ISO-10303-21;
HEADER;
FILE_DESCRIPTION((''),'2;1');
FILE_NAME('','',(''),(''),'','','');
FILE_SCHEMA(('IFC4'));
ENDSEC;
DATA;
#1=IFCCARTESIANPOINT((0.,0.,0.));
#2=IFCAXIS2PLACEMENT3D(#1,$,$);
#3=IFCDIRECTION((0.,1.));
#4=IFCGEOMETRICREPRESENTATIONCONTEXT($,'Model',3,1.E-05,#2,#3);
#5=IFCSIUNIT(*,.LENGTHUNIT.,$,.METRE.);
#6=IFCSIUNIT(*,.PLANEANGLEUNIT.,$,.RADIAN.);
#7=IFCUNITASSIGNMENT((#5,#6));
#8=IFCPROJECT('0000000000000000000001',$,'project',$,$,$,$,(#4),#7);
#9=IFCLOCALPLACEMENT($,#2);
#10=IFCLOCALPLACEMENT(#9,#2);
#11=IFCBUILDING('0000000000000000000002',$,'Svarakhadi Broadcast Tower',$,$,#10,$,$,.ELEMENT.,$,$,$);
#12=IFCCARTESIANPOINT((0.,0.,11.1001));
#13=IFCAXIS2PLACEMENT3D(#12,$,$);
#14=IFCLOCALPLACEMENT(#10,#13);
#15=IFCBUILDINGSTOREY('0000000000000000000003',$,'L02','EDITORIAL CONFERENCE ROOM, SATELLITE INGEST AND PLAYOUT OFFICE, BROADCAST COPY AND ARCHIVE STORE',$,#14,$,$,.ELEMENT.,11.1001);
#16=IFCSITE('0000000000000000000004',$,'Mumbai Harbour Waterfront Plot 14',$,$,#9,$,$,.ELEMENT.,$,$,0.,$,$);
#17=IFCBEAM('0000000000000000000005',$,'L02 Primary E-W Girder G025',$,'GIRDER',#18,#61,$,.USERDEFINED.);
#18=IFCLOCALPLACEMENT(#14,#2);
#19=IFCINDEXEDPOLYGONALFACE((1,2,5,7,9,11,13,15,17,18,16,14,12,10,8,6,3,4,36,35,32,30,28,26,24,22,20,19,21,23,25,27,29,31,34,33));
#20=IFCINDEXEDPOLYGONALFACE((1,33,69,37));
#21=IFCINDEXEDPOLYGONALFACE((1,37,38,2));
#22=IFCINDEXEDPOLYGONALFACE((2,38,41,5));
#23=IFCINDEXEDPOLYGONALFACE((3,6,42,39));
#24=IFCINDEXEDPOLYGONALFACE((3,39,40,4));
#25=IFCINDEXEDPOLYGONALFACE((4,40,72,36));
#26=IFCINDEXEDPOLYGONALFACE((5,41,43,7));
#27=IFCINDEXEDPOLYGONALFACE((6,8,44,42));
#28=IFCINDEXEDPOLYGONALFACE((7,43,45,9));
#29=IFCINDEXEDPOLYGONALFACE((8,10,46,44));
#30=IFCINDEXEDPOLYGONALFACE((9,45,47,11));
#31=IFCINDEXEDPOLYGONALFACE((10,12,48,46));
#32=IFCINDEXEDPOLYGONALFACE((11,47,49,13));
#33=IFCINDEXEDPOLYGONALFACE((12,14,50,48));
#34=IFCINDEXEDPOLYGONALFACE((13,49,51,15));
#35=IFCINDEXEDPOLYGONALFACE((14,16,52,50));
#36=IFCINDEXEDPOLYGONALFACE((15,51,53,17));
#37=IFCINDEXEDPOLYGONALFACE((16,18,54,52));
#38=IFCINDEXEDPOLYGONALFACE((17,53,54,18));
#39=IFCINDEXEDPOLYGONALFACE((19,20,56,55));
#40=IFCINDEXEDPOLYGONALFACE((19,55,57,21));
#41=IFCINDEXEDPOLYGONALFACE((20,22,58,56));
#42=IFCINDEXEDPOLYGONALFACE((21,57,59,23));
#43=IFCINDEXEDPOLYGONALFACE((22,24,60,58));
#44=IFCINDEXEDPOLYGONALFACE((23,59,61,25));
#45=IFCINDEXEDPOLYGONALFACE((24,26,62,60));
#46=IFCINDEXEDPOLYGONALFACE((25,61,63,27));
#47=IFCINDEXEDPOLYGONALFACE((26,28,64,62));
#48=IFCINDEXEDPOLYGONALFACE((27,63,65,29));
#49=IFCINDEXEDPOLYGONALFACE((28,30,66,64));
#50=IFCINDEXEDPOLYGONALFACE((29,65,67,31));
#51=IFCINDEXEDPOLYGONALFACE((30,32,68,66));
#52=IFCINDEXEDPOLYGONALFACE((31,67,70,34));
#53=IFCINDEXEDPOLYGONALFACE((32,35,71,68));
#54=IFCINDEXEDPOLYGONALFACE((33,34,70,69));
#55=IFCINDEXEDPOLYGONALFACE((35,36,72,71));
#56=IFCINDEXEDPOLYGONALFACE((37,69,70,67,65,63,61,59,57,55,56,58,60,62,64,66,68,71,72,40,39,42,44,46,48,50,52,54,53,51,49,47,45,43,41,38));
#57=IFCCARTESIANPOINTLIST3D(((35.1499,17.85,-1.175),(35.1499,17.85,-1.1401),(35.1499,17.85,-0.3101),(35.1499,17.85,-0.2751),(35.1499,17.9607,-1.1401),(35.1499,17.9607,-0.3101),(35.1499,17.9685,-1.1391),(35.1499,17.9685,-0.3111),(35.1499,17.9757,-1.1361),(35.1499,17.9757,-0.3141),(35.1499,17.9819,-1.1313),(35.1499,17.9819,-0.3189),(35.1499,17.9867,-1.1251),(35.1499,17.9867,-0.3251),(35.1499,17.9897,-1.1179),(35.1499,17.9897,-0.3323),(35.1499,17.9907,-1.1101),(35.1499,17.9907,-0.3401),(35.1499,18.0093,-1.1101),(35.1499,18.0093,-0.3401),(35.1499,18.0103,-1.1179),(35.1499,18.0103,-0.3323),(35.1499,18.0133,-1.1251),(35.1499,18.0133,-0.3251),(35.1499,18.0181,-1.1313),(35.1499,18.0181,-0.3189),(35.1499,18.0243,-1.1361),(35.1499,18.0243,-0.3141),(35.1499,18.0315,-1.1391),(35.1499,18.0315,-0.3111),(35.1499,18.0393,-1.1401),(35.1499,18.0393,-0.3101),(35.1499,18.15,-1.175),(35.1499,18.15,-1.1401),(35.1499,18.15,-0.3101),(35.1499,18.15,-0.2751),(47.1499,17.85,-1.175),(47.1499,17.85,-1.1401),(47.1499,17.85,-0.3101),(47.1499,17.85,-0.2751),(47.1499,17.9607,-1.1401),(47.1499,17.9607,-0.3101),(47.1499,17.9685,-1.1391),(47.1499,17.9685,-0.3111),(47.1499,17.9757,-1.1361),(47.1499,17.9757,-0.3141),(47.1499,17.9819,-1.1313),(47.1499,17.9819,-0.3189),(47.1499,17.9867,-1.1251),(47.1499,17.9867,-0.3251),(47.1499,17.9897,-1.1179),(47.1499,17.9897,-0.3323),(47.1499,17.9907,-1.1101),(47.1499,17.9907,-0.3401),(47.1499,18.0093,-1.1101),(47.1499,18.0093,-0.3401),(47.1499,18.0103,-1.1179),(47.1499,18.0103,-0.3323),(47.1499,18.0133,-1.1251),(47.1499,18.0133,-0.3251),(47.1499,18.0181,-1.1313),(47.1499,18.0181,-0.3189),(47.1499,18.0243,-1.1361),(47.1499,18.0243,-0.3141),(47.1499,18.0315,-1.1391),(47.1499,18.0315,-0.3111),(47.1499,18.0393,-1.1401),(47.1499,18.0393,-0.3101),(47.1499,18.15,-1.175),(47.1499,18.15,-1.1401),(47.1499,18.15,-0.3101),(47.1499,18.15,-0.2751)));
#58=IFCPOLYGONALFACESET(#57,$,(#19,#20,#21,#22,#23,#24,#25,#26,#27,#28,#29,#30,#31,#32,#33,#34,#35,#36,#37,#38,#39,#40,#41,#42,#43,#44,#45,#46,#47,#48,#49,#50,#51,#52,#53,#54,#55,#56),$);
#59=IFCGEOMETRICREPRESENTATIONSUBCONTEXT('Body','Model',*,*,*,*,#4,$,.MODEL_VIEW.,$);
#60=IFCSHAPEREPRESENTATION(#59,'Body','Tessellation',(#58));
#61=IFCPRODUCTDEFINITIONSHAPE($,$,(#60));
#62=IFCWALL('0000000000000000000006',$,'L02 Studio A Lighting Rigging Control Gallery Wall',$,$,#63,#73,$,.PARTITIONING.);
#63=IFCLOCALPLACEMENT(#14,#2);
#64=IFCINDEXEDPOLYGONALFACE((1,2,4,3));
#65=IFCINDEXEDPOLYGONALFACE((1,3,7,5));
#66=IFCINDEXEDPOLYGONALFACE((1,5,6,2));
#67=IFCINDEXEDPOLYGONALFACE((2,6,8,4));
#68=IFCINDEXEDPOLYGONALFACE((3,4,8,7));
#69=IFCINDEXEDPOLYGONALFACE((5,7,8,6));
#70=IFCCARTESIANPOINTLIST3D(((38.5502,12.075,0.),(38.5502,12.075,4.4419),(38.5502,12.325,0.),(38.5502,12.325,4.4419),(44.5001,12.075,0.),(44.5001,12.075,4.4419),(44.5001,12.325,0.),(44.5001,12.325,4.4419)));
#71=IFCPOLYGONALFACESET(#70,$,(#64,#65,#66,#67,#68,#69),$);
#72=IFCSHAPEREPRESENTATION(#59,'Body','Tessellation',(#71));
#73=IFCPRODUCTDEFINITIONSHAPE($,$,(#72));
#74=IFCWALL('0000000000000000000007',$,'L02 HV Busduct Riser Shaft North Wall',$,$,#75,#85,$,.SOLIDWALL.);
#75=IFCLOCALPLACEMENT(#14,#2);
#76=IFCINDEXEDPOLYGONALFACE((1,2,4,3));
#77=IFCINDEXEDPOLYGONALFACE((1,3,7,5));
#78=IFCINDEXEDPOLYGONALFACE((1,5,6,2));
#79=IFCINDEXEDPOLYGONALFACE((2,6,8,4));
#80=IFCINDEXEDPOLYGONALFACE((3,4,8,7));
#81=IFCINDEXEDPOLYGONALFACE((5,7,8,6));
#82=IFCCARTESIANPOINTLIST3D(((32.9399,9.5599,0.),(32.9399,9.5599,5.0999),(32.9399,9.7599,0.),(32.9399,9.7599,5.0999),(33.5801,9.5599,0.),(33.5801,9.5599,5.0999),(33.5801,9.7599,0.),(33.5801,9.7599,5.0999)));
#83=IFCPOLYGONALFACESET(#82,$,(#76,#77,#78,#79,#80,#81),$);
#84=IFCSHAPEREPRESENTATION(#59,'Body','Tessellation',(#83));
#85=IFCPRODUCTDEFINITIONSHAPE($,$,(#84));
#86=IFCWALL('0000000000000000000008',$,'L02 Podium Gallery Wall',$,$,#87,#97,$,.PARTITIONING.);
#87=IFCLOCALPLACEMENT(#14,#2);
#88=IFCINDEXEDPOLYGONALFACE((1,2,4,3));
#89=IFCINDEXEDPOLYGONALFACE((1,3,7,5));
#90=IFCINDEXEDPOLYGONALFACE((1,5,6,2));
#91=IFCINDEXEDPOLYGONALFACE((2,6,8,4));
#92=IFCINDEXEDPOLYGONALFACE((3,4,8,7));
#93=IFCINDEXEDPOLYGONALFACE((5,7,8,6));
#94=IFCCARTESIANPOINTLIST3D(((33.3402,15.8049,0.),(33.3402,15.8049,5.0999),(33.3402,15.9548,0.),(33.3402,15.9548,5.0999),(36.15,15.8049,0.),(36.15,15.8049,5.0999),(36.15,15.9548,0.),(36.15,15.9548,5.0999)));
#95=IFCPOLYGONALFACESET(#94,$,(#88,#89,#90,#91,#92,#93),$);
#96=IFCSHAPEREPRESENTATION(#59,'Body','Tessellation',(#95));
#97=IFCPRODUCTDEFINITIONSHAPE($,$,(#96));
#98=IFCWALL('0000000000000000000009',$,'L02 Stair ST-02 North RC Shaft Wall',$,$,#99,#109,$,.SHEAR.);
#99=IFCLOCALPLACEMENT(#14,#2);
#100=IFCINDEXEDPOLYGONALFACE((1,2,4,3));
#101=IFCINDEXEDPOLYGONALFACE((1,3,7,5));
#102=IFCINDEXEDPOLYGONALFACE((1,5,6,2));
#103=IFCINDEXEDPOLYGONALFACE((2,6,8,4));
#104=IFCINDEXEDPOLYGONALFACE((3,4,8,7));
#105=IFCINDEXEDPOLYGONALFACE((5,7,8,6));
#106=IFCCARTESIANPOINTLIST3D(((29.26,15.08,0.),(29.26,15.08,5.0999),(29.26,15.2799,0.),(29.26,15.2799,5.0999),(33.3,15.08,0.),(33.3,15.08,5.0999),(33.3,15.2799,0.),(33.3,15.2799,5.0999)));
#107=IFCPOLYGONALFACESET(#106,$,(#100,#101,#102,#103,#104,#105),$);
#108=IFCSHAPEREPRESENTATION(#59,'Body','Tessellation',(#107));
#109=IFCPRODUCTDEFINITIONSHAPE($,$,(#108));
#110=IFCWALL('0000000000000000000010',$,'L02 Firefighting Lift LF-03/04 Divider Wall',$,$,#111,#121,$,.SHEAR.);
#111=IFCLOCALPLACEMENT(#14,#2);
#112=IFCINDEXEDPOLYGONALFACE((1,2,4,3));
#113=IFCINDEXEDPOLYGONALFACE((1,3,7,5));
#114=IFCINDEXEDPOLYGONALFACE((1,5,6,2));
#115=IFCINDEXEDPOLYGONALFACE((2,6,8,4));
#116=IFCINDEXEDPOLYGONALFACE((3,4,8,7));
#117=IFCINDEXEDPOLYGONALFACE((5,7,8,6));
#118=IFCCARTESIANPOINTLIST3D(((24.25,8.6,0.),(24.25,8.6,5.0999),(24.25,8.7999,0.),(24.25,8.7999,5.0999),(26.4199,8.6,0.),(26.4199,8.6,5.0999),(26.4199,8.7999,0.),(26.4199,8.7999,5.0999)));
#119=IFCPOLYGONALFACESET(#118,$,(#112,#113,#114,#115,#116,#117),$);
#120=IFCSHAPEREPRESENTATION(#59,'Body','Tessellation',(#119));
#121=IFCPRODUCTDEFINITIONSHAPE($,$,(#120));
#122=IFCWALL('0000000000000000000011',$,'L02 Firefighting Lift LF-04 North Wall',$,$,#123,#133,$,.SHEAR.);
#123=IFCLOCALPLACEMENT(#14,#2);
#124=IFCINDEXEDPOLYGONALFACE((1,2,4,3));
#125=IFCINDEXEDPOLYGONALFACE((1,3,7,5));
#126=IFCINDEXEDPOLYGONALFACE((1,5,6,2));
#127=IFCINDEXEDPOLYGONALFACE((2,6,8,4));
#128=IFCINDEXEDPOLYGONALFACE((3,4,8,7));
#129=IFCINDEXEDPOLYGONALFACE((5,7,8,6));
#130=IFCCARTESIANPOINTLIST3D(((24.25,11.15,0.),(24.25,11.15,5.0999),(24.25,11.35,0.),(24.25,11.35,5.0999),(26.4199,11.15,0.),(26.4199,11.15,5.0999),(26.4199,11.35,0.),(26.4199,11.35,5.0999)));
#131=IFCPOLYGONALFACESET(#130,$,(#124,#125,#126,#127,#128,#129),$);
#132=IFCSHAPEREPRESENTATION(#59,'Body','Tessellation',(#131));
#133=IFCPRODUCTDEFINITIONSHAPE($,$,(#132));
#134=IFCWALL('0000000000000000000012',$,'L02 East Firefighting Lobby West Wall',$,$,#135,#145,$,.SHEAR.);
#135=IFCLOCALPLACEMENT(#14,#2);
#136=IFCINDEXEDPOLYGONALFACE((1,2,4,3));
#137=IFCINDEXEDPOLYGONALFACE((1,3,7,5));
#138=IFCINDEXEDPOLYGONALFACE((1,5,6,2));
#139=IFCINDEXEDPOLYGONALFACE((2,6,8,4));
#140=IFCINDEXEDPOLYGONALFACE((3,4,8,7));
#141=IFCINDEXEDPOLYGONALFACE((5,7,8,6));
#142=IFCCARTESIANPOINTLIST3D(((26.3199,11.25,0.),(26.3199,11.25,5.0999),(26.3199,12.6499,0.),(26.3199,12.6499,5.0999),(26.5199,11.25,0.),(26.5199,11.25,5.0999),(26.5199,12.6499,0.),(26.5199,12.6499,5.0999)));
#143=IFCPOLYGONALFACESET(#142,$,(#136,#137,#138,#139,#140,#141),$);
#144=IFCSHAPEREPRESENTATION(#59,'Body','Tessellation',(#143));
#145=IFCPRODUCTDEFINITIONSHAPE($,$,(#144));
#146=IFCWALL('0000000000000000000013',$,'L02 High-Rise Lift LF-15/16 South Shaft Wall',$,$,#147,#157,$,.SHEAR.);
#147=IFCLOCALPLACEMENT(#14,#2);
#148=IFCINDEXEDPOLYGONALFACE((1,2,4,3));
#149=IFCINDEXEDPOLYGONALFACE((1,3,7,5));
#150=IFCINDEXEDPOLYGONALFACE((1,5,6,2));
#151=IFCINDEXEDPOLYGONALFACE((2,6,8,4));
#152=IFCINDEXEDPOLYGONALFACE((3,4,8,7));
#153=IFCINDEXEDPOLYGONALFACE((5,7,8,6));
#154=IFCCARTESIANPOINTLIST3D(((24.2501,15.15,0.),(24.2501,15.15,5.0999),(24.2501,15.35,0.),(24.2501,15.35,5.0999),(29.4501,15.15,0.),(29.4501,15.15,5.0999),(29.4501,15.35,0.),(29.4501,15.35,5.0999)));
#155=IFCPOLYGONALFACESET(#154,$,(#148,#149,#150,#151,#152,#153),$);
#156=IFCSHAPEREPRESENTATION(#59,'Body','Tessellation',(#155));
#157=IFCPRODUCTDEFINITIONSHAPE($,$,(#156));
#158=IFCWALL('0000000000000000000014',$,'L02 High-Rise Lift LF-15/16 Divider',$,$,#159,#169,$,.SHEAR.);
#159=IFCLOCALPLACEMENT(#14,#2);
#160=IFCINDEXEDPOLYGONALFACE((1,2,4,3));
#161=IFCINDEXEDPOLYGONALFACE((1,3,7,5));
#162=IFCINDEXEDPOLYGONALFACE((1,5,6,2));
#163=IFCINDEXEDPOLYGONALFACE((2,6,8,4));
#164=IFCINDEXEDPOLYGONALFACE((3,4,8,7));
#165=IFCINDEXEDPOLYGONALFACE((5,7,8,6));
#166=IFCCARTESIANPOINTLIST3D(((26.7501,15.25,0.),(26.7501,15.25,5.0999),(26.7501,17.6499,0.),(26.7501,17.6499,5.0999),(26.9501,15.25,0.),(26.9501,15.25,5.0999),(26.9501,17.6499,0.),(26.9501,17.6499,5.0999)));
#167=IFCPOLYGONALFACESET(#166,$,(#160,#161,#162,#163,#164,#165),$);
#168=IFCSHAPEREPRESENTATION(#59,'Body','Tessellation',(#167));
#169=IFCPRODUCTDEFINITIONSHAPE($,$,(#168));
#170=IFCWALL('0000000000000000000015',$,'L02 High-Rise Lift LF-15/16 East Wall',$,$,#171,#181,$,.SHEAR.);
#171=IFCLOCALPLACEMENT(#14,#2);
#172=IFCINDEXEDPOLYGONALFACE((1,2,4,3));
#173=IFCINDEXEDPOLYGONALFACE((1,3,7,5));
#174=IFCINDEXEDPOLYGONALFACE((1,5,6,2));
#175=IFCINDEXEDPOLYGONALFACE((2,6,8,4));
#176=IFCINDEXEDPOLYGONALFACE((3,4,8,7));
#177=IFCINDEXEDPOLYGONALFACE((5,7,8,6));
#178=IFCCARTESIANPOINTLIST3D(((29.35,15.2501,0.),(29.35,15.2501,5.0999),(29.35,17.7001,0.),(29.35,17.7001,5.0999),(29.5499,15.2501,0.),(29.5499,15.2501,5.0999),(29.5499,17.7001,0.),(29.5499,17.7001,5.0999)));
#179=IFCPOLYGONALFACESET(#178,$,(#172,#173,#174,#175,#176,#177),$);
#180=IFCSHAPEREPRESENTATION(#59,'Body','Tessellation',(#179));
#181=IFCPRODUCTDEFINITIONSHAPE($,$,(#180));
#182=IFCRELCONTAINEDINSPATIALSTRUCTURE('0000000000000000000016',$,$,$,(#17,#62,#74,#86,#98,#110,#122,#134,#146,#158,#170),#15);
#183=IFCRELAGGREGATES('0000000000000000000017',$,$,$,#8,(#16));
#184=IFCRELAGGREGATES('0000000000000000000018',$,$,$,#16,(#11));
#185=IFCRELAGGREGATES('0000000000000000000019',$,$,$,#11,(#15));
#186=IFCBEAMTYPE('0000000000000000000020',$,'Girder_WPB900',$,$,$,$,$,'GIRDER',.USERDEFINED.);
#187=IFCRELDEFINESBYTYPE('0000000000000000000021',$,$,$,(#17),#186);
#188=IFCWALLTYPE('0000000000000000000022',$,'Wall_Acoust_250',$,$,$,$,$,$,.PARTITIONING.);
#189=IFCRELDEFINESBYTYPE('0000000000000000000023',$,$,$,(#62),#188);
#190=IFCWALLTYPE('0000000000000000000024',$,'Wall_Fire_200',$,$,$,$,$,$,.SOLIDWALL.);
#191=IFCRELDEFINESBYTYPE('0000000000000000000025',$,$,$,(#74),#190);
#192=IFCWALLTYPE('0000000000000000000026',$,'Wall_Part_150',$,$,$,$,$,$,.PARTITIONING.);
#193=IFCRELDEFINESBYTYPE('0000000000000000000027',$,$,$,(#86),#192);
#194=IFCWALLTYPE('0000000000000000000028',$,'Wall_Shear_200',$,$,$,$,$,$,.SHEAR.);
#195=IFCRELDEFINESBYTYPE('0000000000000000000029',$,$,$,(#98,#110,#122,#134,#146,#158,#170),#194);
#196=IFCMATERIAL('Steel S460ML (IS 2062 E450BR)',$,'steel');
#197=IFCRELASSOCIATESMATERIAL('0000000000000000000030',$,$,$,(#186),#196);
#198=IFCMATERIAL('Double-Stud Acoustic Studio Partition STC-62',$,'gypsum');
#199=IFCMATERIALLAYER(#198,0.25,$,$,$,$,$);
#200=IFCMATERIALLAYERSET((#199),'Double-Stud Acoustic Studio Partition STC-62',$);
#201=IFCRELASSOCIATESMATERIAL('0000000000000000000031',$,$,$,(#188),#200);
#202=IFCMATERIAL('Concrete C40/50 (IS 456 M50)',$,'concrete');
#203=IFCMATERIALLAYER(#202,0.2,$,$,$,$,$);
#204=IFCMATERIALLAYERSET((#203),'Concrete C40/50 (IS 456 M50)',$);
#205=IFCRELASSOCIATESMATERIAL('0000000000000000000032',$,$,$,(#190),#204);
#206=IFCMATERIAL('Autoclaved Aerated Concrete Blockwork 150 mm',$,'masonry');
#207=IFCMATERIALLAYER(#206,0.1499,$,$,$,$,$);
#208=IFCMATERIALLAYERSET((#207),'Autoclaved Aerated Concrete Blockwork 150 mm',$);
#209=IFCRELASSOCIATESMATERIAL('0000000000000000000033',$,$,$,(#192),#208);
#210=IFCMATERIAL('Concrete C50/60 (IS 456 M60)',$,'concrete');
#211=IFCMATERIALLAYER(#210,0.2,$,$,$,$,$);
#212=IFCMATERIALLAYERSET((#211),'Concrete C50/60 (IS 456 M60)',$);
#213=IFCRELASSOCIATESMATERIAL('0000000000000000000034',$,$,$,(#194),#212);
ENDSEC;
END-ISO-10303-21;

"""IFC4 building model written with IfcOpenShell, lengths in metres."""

from ifc_helpers import new_model, si_unit, direction, frame, frame_2d, origin, origin_2d, place, context, subcontext, project, spatial, rectangle, i_section, extrude, material, layer, layer_set, material_profile, profile_set, type_object, element, save


model = new_model("IFC4")

# Units and contexts
model_context = context("Model", 3, precision=1e-05, world=origin(), true_north=direction((0.0, 1.0)))
body_context = subcontext(model_context, "Body", "Model", "MODEL_VIEW")
ifc_project = project(units=[si_unit("LENGTHUNIT", "METRE"), si_unit("PLANEANGLEUNIT", "RADIAN")], contexts=[model_context])

# Site, building, storey
site_placement = place(None, origin())
site = spatial("IfcSite", under=ifc_project, at=site_placement, Name="Mumbai Harbour Waterfront Plot 14", CompositionType="ELEMENT", RefElevation=0.0)
building_placement = place(site_placement, origin())
building = spatial("IfcBuilding", under=site, at=building_placement, Name="Svarakhadi Broadcast Tower", CompositionType="ELEMENT")
storey_placement = place(building_placement, frame((0.0, 0.0, 11.1001)))
storey = spatial("IfcBuildingStorey", under=building, at=storey_placement, Name="L02", Description="EDITORIAL CONFERENCE ROOM, SATELLITE INGEST AND PLAYOUT OFFICE, BROADCAST COPY AND ARCHIVE STORE", CompositionType="ELEMENT", Elevation=11.1001)

# Shared definitions
ifc_material_1 = material(Name="Steel S460ML (IS 2062 E450BR)", Category="steel")

# Beam
ifc_material_2 = material(Name="Concrete C50/60 (IS 456 M60)", Category="concrete")
ifc_material_profile_1 = material_profile(ifc_material_1, i_section(OverallWidth=0.3, OverallDepth=0.8999, WebThickness=0.0186, FlangeThickness=0.0349, FilletRadius=0.03, at=origin_2d()), Name="WPB 900x300x291")
ifc_profile_set_1 = profile_set([ifc_material_profile_1], Name="Steel S460ML (IS 2062 E450BR)")
beam_type_1 = type_object("IfcBeamType", Name="Girder_WPB900", ElementType="GIRDER", PredefinedType="USERDEFINED", material=ifc_profile_set_1)
beam_1_placement = place(storey_placement, frame((35.1499, 18.0, -0.7251), z_axis=(1.0, 0.0, 0.0), x_axis=(0.0, 1.0, 0.0)))
element("IfcBeam", 1, at=beam_1_placement, inside=storey, type_object=beam_type_1, Name="L02 Primary E-W Girder G025", ObjectType="GIRDER", PredefinedType="USERDEFINED", context=body_context, shape_type="SweptSolid", body=[
    extrude(i_section(OverallWidth=0.3, OverallDepth=0.8999, WebThickness=0.0186, FlangeThickness=0.0349, FilletRadius=0.03, at=origin_2d()), origin(), (0.0, 0.0, 1.0), 12.0),
])

# Walls
ifc_material_3 = material(Name="Double-Stud Acoustic Studio Partition STC-62", Category="gypsum")
ifc_layer_1 = layer(ifc_material_3, 0.25)
ifc_layer_set_1 = layer_set([ifc_layer_1], Name="Double-Stud Acoustic Studio Partition STC-62")
wall_type_1 = type_object("IfcWallType", Name="Wall_Acoust_250", PredefinedType="PARTITIONING", material=ifc_layer_set_1)
wall_1_placement = place(storey_placement, frame((38.55, 12.2, 0.0), z_axis=(0.0, 0.0, 1.0), x_axis=(1.0, 0.0, 0.0)))
element("IfcWall", 2, at=wall_1_placement, inside=storey, type_object=wall_type_1, Name="L02 Studio A Lighting Rigging Control Gallery Wall", PredefinedType="PARTITIONING", context=body_context, shape_type="SweptSolid", body=[
    extrude(rectangle(XDim=5.95, YDim=0.25, at=frame_2d((2.9751, 0.0))), origin(), (0.0, 0.0, 1.0), 4.4419),
])
ifc_material_4 = material(Name="Concrete C40/50 (IS 456 M50)", Category="concrete")
ifc_layer_2 = layer(ifc_material_4, 0.2)
ifc_layer_set_2 = layer_set([ifc_layer_2], Name="Concrete C40/50 (IS 456 M50)")
wall_type_2 = type_object("IfcWallType", Name="Wall_Fire_200", PredefinedType="SOLIDWALL", material=ifc_layer_set_2)
wall_2_placement = place(storey_placement, frame((32.9399, 9.6599, 0.0), z_axis=(0.0, 0.0, 1.0), x_axis=(1.0, 0.0, 0.0)))
element("IfcWall", 3, at=wall_2_placement, inside=storey, type_object=wall_type_2, Name="L02 HV Busduct Riser Shaft North Wall", PredefinedType="SOLIDWALL", context=body_context, shape_type="SweptSolid", body=[
    extrude(rectangle(XDim=0.6401, YDim=0.2, at=frame_2d((0.3201, 0.0))), origin(), (0.0, 0.0, 1.0), 5.0999),
])
ifc_material_5 = material(Name="Autoclaved Aerated Concrete Blockwork 150 mm", Category="masonry")
ifc_layer_3 = layer(ifc_material_5, 0.1499)
ifc_layer_set_3 = layer_set([ifc_layer_3], Name="Autoclaved Aerated Concrete Blockwork 150 mm")
wall_type_3 = type_object("IfcWallType", Name="Wall_Part_150", PredefinedType="PARTITIONING", material=ifc_layer_set_3)
wall_3_placement = place(storey_placement, frame((36.1499, 15.8799, 0.0), z_axis=(0.0, 0.0, 1.0), x_axis=(-1.0, 0.0, 0.0)))
element("IfcWall", 4, at=wall_3_placement, inside=storey, type_object=wall_type_3, Name="L02 Podium Gallery Wall", PredefinedType="PARTITIONING", context=body_context, shape_type="SweptSolid", body=[
    extrude(rectangle(XDim=2.8098, YDim=0.1499, at=frame_2d((1.4048, 0.0))), origin(), (0.0, 0.0, 1.0), 5.0999),
])
ifc_layer_4 = layer(ifc_material_2, 0.2)
ifc_layer_set_4 = layer_set([ifc_layer_4], Name="Concrete C50/60 (IS 456 M60)")
wall_type_4 = type_object("IfcWallType", Name="Wall_Shear_200", PredefinedType="SHEAR", material=ifc_layer_set_4)
wall_4_placement = place(storey_placement, frame((29.26, 15.1799, 0.0), z_axis=(0.0, 0.0, 1.0), x_axis=(1.0, 0.0, 0.0)))
element("IfcWall", 5, at=wall_4_placement, inside=storey, type_object=wall_type_4, Name="L02 Stair ST-02 North RC Shaft Wall", PredefinedType="SHEAR", context=body_context, shape_type="SweptSolid", body=[
    extrude(rectangle(XDim=4.04, YDim=0.2, at=frame_2d((2.02, 0.0))), origin(), (0.0, 0.0, 1.0), 5.0999),
])
for number, where, z_axis, x_axis, name in (
    (6, (24.25, 8.7, 0.0), (0.0, 0.0, 1.0), (1.0, 0.0, 0.0), "L02 Firefighting Lift LF-03/04 Divider Wall"),
    (7, (24.25, 11.25, 0.0), (0.0, 0.0, 1.0), (1.0, 0.0, 0.0), "L02 Firefighting Lift LF-04 North Wall"),
):
    element("IfcWall", number, at=place(storey_placement, frame(where, z_axis=z_axis, x_axis=x_axis)), inside=storey, type_object=wall_type_4, Name=name, PredefinedType="SHEAR", context=body_context, shape_type="SweptSolid", body=[
        extrude(rectangle(XDim=2.1699, YDim=0.2, at=frame_2d((1.085, 0.0))), origin(), (0.0, 0.0, 1.0), 5.0999),
    ])
wall_5_placement = place(storey_placement, frame((26.4199, 11.25, 0.0), z_axis=(0.0, 0.0, 1.0), x_axis=(0.0, 1.0, 0.0)))
element("IfcWall", 8, at=wall_5_placement, inside=storey, type_object=wall_type_4, Name="L02 East Firefighting Lobby West Wall", PredefinedType="SHEAR", context=body_context, shape_type="SweptSolid", body=[
    extrude(rectangle(XDim=1.3999, YDim=0.2, at=frame_2d((0.7, 0.0))), origin(), (0.0, 0.0, 1.0), 5.0999),
])

# Walls
wall_6_placement = place(storey_placement, frame((24.25, 15.25, 0.0), z_axis=(0.0, 0.0, 1.0), x_axis=(1.0, 0.0, 0.0)))
element("IfcWall", 9, at=wall_6_placement, inside=storey, type_object=wall_type_4, Name="L02 High-Rise Lift LF-15/16 South Shaft Wall", PredefinedType="SHEAR", context=body_context, shape_type="SweptSolid", body=[
    extrude(rectangle(XDim=5.2, YDim=0.2, at=frame_2d((2.6001, 0.0))), origin(), (0.0, 0.0, 1.0), 5.0999),
])
wall_7_placement = place(storey_placement, frame((26.8501, 15.25, 0.0), z_axis=(0.0, 0.0, 1.0), x_axis=(0.0, 1.0, 0.0)))
element("IfcWall", 10, at=wall_7_placement, inside=storey, type_object=wall_type_4, Name="L02 High-Rise Lift LF-15/16 Divider", PredefinedType="SHEAR", context=body_context, shape_type="SweptSolid", body=[
    extrude(rectangle(XDim=2.3999, YDim=0.2, at=frame_2d((1.2, 0.0))), origin(), (0.0, 0.0, 1.0), 5.0999),
])
wall_8_placement = place(storey_placement, frame((29.45, 15.25, 0.0), z_axis=(0.0, 0.0, 1.0), x_axis=(0.0, 1.0, 0.0)))
element("IfcWall", 11, at=wall_8_placement, inside=storey, type_object=wall_type_4, Name="L02 High-Rise Lift LF-15/16 East Wall", PredefinedType="SHEAR", context=body_context, shape_type="SweptSolid", body=[
    extrude(rectangle(XDim=2.45, YDim=0.2, at=frame_2d((1.2251, 0.0))), origin(), (0.0, 0.0, 1.0), 5.0999),
])

save(model, "model.ifc")
